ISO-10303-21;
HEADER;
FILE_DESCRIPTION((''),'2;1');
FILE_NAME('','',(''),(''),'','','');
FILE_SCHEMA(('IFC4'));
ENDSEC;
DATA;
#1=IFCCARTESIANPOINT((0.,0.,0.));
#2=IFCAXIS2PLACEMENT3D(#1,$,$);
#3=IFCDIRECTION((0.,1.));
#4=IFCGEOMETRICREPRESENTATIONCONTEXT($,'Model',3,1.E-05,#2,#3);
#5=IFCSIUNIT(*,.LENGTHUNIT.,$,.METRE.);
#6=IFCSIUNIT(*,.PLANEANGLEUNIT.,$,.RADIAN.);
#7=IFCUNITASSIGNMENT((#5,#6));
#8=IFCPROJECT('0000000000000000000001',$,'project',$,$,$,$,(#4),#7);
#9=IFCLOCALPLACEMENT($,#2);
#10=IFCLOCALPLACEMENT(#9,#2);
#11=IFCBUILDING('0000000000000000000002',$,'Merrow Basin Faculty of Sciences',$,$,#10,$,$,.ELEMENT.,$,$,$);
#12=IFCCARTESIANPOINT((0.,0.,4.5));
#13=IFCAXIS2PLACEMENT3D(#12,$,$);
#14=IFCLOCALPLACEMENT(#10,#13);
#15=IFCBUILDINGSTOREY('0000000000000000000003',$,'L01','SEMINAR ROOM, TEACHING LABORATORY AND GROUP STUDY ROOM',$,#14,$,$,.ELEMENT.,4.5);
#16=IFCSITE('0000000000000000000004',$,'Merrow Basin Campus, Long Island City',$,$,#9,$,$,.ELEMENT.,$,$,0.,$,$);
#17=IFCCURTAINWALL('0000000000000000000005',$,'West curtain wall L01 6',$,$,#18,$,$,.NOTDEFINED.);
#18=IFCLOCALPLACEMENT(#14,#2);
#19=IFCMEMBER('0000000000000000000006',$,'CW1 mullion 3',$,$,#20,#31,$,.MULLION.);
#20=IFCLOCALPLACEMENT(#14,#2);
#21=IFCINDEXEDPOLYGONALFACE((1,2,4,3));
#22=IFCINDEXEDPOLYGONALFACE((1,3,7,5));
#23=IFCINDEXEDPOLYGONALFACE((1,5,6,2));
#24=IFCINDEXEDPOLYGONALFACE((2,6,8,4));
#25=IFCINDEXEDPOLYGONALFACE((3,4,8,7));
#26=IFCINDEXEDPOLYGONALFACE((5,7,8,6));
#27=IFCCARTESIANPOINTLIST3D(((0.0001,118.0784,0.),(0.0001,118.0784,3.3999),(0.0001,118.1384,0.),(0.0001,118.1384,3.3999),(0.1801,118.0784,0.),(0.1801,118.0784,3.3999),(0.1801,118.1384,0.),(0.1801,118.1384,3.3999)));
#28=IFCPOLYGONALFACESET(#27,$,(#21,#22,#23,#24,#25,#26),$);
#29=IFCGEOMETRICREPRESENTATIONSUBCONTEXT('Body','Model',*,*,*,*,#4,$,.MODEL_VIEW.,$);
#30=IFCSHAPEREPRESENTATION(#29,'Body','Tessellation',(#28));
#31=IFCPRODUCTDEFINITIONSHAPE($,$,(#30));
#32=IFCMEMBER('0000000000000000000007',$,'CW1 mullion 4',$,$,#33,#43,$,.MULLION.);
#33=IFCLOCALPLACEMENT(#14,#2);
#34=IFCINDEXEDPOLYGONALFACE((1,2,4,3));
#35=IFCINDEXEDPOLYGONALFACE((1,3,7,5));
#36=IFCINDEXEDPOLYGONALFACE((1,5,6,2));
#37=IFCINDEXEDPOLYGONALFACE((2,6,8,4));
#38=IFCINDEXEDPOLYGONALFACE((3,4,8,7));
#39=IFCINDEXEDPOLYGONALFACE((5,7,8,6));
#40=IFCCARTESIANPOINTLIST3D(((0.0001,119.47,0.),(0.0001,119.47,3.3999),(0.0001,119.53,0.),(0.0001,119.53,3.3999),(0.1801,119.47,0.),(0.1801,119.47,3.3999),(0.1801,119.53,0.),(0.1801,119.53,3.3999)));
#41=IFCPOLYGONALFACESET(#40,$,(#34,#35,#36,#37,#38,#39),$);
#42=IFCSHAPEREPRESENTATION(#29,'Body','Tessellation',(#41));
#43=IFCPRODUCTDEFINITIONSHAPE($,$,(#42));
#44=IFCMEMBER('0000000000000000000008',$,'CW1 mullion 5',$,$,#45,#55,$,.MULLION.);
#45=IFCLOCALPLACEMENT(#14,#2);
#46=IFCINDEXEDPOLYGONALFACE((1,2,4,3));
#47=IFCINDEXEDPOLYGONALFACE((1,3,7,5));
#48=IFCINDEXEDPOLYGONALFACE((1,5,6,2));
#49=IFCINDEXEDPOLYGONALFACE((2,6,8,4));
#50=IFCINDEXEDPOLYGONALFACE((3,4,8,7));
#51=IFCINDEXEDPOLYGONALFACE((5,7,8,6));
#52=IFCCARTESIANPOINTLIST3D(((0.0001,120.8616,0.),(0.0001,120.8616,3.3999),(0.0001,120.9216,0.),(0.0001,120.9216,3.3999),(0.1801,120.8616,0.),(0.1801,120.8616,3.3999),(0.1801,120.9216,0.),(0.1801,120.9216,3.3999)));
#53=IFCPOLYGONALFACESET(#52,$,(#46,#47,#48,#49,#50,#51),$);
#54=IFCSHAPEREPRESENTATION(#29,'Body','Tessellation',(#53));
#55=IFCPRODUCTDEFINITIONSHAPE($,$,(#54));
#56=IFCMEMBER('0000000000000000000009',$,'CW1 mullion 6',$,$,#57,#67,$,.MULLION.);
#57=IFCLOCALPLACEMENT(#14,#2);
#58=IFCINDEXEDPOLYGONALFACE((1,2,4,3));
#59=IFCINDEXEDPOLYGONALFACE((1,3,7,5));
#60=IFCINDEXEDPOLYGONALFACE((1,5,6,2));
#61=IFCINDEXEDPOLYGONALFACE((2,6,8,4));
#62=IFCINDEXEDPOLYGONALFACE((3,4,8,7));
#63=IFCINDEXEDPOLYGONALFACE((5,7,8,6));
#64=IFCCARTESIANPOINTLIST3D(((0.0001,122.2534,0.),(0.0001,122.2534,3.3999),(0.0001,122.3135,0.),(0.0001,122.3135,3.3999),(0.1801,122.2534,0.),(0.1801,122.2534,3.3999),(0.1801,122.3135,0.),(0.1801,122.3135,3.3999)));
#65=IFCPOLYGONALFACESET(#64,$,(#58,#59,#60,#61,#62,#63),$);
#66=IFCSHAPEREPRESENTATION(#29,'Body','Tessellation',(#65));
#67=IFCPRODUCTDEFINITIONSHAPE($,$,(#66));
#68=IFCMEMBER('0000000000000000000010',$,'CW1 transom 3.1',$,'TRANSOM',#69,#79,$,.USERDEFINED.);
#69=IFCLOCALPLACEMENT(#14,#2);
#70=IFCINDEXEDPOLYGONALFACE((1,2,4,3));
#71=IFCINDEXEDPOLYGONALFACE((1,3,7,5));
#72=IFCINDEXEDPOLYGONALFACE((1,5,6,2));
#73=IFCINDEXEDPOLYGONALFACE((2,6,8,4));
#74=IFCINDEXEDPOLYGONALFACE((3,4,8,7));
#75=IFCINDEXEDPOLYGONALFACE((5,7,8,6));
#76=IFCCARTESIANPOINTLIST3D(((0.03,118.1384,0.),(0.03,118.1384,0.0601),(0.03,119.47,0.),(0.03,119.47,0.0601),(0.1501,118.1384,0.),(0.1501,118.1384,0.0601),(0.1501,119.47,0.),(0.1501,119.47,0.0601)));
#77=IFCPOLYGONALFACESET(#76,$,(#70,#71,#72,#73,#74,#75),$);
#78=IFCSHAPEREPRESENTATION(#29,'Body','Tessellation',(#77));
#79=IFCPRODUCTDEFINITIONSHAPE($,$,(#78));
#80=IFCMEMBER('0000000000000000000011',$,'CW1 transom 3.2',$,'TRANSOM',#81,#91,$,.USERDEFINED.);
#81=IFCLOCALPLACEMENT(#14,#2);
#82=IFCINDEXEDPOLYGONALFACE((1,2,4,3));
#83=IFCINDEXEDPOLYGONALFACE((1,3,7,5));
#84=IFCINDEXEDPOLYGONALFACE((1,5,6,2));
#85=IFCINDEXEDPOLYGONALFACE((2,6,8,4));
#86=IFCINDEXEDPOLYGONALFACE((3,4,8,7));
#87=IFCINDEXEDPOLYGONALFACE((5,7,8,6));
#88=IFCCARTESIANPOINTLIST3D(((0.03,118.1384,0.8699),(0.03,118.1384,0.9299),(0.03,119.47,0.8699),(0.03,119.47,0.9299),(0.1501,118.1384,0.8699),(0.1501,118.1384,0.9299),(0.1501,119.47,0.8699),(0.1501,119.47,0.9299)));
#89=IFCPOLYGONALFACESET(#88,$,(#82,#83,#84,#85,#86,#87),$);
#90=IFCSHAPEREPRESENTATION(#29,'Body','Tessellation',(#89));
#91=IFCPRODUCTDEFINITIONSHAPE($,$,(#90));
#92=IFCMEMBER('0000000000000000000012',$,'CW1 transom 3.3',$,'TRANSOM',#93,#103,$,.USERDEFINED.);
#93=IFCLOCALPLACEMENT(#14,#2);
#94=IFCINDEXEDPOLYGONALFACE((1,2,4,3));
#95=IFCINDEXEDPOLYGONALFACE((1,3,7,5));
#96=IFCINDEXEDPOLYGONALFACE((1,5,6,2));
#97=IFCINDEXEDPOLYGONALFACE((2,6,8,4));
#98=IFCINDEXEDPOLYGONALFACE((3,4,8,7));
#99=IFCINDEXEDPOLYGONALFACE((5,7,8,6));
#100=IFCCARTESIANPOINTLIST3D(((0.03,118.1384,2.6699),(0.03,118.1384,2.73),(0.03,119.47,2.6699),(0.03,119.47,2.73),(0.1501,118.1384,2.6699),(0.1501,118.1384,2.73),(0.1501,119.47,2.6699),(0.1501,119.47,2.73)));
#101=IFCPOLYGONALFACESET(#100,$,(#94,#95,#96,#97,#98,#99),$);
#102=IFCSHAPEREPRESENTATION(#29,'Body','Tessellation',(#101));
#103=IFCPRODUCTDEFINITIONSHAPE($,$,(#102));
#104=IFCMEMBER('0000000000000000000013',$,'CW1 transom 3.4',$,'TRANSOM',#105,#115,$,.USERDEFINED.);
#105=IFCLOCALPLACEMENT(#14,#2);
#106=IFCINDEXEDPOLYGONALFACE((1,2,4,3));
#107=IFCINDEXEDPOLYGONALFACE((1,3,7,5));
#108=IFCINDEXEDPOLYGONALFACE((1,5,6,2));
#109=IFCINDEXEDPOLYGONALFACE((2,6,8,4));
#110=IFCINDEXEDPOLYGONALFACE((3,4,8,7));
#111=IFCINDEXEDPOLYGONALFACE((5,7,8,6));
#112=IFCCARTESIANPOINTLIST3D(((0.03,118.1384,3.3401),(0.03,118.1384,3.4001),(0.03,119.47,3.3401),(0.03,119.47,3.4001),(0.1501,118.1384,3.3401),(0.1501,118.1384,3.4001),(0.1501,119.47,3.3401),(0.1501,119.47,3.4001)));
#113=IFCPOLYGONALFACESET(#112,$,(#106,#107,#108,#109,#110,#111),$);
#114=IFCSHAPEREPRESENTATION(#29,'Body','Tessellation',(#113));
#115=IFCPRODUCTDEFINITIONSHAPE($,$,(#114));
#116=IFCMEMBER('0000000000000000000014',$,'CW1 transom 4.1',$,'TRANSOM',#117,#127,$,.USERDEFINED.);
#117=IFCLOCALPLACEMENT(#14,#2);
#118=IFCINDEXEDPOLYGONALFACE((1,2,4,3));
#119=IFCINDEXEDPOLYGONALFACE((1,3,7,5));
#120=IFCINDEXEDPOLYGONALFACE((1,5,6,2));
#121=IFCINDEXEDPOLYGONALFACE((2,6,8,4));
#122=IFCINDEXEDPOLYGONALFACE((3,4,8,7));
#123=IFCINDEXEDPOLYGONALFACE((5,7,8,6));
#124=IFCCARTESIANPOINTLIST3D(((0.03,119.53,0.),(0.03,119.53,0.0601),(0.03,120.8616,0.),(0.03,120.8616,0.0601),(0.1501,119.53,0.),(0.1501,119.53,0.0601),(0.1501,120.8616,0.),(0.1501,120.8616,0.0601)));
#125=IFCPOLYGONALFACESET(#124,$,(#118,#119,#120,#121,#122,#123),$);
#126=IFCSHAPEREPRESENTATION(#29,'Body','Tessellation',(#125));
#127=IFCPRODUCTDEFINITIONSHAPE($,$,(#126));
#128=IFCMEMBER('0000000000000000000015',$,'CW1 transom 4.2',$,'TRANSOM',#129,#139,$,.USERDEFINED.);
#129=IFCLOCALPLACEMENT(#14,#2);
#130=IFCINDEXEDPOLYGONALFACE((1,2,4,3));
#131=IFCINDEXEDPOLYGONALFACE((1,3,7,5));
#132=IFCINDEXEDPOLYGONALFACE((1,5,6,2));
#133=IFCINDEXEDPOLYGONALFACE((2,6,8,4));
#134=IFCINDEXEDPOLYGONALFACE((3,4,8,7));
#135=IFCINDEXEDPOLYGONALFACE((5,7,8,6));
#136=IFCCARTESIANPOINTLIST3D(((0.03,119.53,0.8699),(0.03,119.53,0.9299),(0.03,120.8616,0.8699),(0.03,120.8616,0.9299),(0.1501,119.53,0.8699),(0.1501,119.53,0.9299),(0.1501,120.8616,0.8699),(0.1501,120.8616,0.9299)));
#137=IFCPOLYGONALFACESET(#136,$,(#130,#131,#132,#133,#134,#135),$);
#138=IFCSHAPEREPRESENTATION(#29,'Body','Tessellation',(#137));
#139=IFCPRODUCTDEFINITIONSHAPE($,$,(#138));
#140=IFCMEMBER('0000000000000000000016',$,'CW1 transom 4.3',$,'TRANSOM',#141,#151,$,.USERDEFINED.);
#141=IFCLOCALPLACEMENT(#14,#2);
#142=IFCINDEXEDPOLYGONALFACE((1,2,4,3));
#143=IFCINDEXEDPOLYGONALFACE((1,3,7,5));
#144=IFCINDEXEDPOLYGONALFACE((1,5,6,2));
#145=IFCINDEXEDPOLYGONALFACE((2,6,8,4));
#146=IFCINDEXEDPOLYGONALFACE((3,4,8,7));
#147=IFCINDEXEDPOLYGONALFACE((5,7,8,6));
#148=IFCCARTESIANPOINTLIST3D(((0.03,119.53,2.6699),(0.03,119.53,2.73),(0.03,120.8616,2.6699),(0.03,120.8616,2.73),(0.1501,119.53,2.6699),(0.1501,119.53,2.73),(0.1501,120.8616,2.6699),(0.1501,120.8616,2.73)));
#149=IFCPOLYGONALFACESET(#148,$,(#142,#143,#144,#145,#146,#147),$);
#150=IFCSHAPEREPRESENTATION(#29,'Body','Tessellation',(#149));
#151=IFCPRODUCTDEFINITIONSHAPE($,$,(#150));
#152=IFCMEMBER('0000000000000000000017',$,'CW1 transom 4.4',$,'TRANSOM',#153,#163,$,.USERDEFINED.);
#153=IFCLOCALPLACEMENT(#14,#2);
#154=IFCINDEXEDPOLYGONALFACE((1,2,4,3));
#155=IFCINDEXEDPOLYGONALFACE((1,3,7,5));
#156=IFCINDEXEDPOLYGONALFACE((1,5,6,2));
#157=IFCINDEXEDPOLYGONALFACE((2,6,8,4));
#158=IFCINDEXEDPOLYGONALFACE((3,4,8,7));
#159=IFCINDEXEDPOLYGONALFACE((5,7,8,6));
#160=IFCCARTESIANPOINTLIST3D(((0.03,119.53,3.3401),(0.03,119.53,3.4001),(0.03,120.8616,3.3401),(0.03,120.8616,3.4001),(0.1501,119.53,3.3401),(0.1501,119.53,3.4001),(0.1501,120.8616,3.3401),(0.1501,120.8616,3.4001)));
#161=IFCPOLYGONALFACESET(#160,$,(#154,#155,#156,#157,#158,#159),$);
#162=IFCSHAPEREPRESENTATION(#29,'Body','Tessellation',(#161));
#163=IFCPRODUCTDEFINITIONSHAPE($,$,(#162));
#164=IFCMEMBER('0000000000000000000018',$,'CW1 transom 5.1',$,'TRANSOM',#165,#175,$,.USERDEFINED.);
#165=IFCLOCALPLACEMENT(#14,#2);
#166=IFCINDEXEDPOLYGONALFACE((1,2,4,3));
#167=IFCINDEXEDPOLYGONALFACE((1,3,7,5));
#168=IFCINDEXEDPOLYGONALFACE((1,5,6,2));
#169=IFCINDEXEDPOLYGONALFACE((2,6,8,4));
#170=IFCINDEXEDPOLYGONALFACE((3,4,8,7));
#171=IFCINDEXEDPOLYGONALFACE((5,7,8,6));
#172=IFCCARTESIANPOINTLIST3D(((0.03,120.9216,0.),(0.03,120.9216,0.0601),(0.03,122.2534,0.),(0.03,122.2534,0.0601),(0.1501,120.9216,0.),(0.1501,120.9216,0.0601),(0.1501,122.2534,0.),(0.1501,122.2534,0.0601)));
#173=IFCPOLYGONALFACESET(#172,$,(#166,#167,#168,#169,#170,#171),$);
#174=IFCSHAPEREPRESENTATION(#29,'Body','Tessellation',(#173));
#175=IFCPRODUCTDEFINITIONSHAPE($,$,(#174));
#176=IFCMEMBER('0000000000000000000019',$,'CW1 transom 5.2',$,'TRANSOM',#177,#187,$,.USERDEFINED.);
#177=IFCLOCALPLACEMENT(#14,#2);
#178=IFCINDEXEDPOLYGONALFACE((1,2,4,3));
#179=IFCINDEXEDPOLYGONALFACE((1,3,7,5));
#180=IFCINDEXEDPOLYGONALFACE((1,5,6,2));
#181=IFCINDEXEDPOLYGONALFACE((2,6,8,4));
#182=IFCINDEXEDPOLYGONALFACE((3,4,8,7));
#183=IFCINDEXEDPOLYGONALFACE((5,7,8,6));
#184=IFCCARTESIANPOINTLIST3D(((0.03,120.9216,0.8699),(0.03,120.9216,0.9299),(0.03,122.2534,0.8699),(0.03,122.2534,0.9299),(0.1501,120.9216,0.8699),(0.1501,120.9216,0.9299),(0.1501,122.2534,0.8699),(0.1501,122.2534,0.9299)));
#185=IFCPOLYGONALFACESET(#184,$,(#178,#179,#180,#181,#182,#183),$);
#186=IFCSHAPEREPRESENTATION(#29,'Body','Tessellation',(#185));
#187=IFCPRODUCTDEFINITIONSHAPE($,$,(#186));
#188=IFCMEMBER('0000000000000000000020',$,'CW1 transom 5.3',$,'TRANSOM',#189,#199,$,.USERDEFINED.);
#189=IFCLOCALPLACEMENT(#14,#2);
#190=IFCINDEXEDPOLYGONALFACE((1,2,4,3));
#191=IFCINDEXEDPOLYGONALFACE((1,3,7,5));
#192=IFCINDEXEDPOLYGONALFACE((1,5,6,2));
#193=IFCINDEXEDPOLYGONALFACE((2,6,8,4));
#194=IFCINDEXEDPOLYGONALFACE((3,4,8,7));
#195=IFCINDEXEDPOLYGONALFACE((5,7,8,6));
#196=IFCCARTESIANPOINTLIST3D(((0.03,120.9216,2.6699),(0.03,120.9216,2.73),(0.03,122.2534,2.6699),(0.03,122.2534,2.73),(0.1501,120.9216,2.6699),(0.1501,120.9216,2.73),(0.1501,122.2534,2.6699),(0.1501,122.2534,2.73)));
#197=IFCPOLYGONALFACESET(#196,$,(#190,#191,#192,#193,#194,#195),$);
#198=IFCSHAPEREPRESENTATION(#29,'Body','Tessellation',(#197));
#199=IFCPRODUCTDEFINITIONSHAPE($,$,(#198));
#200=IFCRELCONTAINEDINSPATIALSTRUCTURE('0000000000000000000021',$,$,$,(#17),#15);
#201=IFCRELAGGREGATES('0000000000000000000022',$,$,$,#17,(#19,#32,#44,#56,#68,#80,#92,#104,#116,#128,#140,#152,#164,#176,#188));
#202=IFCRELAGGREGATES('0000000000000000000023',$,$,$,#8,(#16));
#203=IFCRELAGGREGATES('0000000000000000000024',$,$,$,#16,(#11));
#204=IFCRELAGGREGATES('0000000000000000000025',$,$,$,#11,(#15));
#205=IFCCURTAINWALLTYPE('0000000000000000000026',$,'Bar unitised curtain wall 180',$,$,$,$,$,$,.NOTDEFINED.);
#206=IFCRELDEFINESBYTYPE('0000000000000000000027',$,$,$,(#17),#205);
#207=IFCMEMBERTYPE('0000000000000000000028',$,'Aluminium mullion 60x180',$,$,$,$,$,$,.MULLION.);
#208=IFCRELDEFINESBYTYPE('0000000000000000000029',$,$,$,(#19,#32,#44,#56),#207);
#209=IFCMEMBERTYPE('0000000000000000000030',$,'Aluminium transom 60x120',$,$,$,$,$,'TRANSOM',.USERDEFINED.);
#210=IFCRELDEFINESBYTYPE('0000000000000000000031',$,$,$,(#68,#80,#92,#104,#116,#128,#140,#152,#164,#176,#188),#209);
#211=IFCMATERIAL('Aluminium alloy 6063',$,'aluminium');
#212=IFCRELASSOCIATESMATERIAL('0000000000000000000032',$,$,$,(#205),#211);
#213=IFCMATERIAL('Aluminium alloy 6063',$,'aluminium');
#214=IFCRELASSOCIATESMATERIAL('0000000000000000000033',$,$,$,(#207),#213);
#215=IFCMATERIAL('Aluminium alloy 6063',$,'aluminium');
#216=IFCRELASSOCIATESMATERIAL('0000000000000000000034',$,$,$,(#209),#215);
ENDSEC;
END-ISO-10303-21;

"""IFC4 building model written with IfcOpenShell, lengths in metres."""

from ifc_helpers import new_model, si_unit, direction, frame, origin, origin_2d, place, context, subcontext, project, spatial, rectangle, extrude, material, material_profile, profile_set, type_object, element, aggregate, save


model = new_model("IFC4")

# Units and contexts
model_context = context("Model", 3, precision=1e-05, world=origin(), true_north=direction((0.0, 1.0)))
body_context = subcontext(model_context, "Body", "Model", "MODEL_VIEW")
ifc_project = project(units=[si_unit("LENGTHUNIT", "METRE"), si_unit("PLANEANGLEUNIT", "RADIAN")], contexts=[model_context])

# Site, building, storey
site_placement = place(None, origin())
site = spatial("IfcSite", under=ifc_project, at=site_placement, Name="Merrow Basin Campus, Long Island City", CompositionType="ELEMENT", RefElevation=0.0)
building_placement = place(site_placement, origin())
building = spatial("IfcBuilding", under=site, at=building_placement, Name="Merrow Basin Faculty of Sciences", CompositionType="ELEMENT")
storey_placement = place(building_placement, frame((0.0, 0.0, 4.5)))
storey = spatial("IfcBuildingStorey", under=building, at=storey_placement, Name="L01", Description="SEMINAR ROOM, TEACHING LABORATORY AND GROUP STUDY ROOM", CompositionType="ELEMENT", Elevation=4.5)

# Curtain wall, members
ifc_material_1 = material(Name="Aluminium alloy 6063", Category="aluminium")
curtain_wall_type = type_object("IfcCurtainWallType", Name="Bar unitised curtain wall 180", PredefinedType="NOTDEFINED", material=ifc_material_1)
curtain_wall_placement = place(storey_placement, origin())
curtain_wall = element("IfcCurtainWall", 1, at=curtain_wall_placement, inside=storey, type_object=curtain_wall_type, Name="West curtain wall L01 6", PredefinedType="NOTDEFINED")
ifc_material_2 = material(Name="Aluminium alloy 6063", Category="aluminium")
ifc_material_profile_1 = material_profile(ifc_material_2, rectangle(XDim=0.1799, YDim=0.0601, at=origin_2d()))
ifc_profile_set_1 = profile_set([ifc_material_profile_1], Name="Aluminium alloy 6063")
member_type_1 = type_object("IfcMemberType", Name="Aluminium mullion 60x180", PredefinedType="MULLION", material=ifc_profile_set_1)
member_1_placement = place(storey_placement, frame((0.0901, 118.1084, 0.0), z_axis=(0.0, 0.0, 1.0), x_axis=(-1.0, 0.0, 0.0)))
member_1 = element("IfcMember", 2, at=member_1_placement, type_object=member_type_1, Name="CW1 mullion 3", PredefinedType="MULLION", context=body_context, shape_type="SweptSolid", body=[
    extrude(rectangle(XDim=0.1799, YDim=0.0601, at=origin_2d()), origin(), (0.0, 0.0, 1.0), 3.3999),
])
member_2_placement = place(storey_placement, frame((0.0901, 119.5, 0.0), z_axis=(0.0, 0.0, 1.0), x_axis=(-1.0, 0.0, 0.0)))
member_2 = element("IfcMember", 3, at=member_2_placement, type_object=member_type_1, Name="CW1 mullion 4", PredefinedType="MULLION", context=body_context, shape_type="SweptSolid", body=[
    extrude(rectangle(XDim=0.1799, YDim=0.0601, at=origin_2d()), origin(), (0.0, 0.0, 1.0), 3.3999),
])
member_3_placement = place(storey_placement, frame((0.0901, 120.8916, 0.0), z_axis=(0.0, 0.0, 1.0), x_axis=(-1.0, 0.0, 0.0)))
member_3 = element("IfcMember", 4, at=member_3_placement, type_object=member_type_1, Name="CW1 mullion 5", PredefinedType="MULLION", context=body_context, shape_type="SweptSolid", body=[
    extrude(rectangle(XDim=0.1799, YDim=0.0601, at=origin_2d()), origin(), (0.0, 0.0, 1.0), 3.3999),
])
member_4_placement = place(storey_placement, frame((0.0901, 122.2834, 0.0), z_axis=(0.0, 0.0, 1.0), x_axis=(-1.0, 0.0, 0.0)))
member_4 = element("IfcMember", 5, at=member_4_placement, type_object=member_type_1, Name="CW1 mullion 6", PredefinedType="MULLION", context=body_context, shape_type="SweptSolid", body=[
    extrude(rectangle(XDim=0.1799, YDim=0.0601, at=origin_2d()), origin(), (0.0, 0.0, 1.0), 3.3999),
])
ifc_material_3 = material(Name="Aluminium alloy 6063", Category="aluminium")
ifc_material_profile_2 = material_profile(ifc_material_3, rectangle(XDim=0.1201, YDim=0.0601, at=origin_2d()))
ifc_profile_set_2 = profile_set([ifc_material_profile_2], Name="Aluminium alloy 6063")
member_type_2 = type_object("IfcMemberType", Name="Aluminium transom 60x120", ElementType="TRANSOM", PredefinedType="USERDEFINED", material=ifc_profile_set_2)
member_5_placement = place(storey_placement, frame((0.0901, 118.1384, 0.03), z_axis=(0.0, 1.0, 0.0), x_axis=(-1.0, 0.0, 0.0)))
member_5 = element("IfcMember", 6, at=member_5_placement, type_object=member_type_2, Name="CW1 transom 3.1", ObjectType="TRANSOM", PredefinedType="USERDEFINED", context=body_context, shape_type="SweptSolid", body=[
    extrude(rectangle(XDim=0.1201, YDim=0.0601, at=origin_2d()), origin(), (0.0, 0.0, 1.0), 1.3315),
])
member_6_placement = place(storey_placement, frame((0.0901, 118.1384, 0.8999), z_axis=(0.0, 1.0, 0.0), x_axis=(-1.0, 0.0, 0.0)))
member_6 = element("IfcMember", 7, at=member_6_placement, type_object=member_type_2, Name="CW1 transom 3.2", ObjectType="TRANSOM", PredefinedType="USERDEFINED", context=body_context, shape_type="SweptSolid", body=[
    extrude(rectangle(XDim=0.1201, YDim=0.0601, at=origin_2d()), origin(), (0.0, 0.0, 1.0), 1.3315),
])
member_7_placement = place(storey_placement, frame((0.0901, 118.1384, 2.7), z_axis=(0.0, 1.0, 0.0), x_axis=(-1.0, 0.0, 0.0)))
member_7 = element("IfcMember", 8, at=member_7_placement, type_object=member_type_2, Name="CW1 transom 3.3", ObjectType="TRANSOM", PredefinedType="USERDEFINED", context=body_context, shape_type="SweptSolid", body=[
    extrude(rectangle(XDim=0.1201, YDim=0.0601, at=origin_2d()), origin(), (0.0, 0.0, 1.0), 1.3315),
])
member_8_placement = place(storey_placement, frame((0.0901, 118.1384, 3.3701), z_axis=(0.0, 1.0, 0.0), x_axis=(-1.0, 0.0, 0.0)))
member_8 = element("IfcMember", 9, at=member_8_placement, type_object=member_type_2, Name="CW1 transom 3.4", ObjectType="TRANSOM", PredefinedType="USERDEFINED", context=body_context, shape_type="SweptSolid", body=[
    extrude(rectangle(XDim=0.1201, YDim=0.0601, at=origin_2d()), origin(), (0.0, 0.0, 1.0), 1.3315),
])
member_9_placement = place(storey_placement, frame((0.0901, 119.53, 0.03), z_axis=(0.0, 1.0, 0.0), x_axis=(-1.0, 0.0, 0.0)))
member_9 = element("IfcMember", 10, at=member_9_placement, type_object=member_type_2, Name="CW1 transom 4.1", ObjectType="TRANSOM", PredefinedType="USERDEFINED", context=body_context, shape_type="SweptSolid", body=[
    extrude(rectangle(XDim=0.1201, YDim=0.0601, at=origin_2d()), origin(), (0.0, 0.0, 1.0), 1.3315),
])
member_10_placement = place(storey_placement, frame((0.0901, 119.53, 0.8999), z_axis=(0.0, 1.0, 0.0), x_axis=(-1.0, 0.0, 0.0)))
member_10 = element("IfcMember", 11, at=member_10_placement, type_object=member_type_2, Name="CW1 transom 4.2", ObjectType="TRANSOM", PredefinedType="USERDEFINED", context=body_context, shape_type="SweptSolid", body=[
    extrude(rectangle(XDim=0.1201, YDim=0.0601, at=origin_2d()), origin(), (0.0, 0.0, 1.0), 1.3315),
])
member_11_placement = place(storey_placement, frame((0.0901, 119.53, 2.7), z_axis=(0.0, 1.0, 0.0), x_axis=(-1.0, 0.0, 0.0)))
member_11 = element("IfcMember", 12, at=member_11_placement, type_object=member_type_2, Name="CW1 transom 4.3", ObjectType="TRANSOM", PredefinedType="USERDEFINED", context=body_context, shape_type="SweptSolid", body=[
    extrude(rectangle(XDim=0.1201, YDim=0.0601, at=origin_2d()), origin(), (0.0, 0.0, 1.0), 1.3315),
])
member_12_placement = place(storey_placement, frame((0.0901, 119.53, 3.3701), z_axis=(0.0, 1.0, 0.0), x_axis=(-1.0, 0.0, 0.0)))
member_12 = element("IfcMember", 13, at=member_12_placement, type_object=member_type_2, Name="CW1 transom 4.4", ObjectType="TRANSOM", PredefinedType="USERDEFINED", context=body_context, shape_type="SweptSolid", body=[
    extrude(rectangle(XDim=0.1201, YDim=0.0601, at=origin_2d()), origin(), (0.0, 0.0, 1.0), 1.3315),
])
member_13_placement = place(storey_placement, frame((0.0901, 120.9216, 0.03), z_axis=(0.0, 1.0, 0.0), x_axis=(-1.0, 0.0, 0.0)))
member_13 = element("IfcMember", 14, at=member_13_placement, type_object=member_type_2, Name="CW1 transom 5.1", ObjectType="TRANSOM", PredefinedType="USERDEFINED", context=body_context, shape_type="SweptSolid", body=[
    extrude(rectangle(XDim=0.1201, YDim=0.0601, at=origin_2d()), origin(), (0.0, 0.0, 1.0), 1.3318),
])
member_14_placement = place(storey_placement, frame((0.0901, 120.9216, 0.8999), z_axis=(0.0, 1.0, 0.0), x_axis=(-1.0, 0.0, 0.0)))
member_14 = element("IfcMember", 15, at=member_14_placement, type_object=member_type_2, Name="CW1 transom 5.2", ObjectType="TRANSOM", PredefinedType="USERDEFINED", context=body_context, shape_type="SweptSolid", body=[
    extrude(rectangle(XDim=0.1201, YDim=0.0601, at=origin_2d()), origin(), (0.0, 0.0, 1.0), 1.3318),
])
member_15_placement = place(storey_placement, frame((0.0901, 120.9216, 2.7), z_axis=(0.0, 1.0, 0.0), x_axis=(-1.0, 0.0, 0.0)))
member_15 = element("IfcMember", 16, at=member_15_placement, type_object=member_type_2, Name="CW1 transom 5.3", ObjectType="TRANSOM", PredefinedType="USERDEFINED", context=body_context, shape_type="SweptSolid", body=[
    extrude(rectangle(XDim=0.1201, YDim=0.0601, at=origin_2d()), origin(), (0.0, 0.0, 1.0), 1.3318),
])
aggregate(curtain_wall, [member_1, member_2, member_3, member_4, member_5, member_6, member_7, member_8, member_9, member_10, member_11, member_12, member_13, member_14, member_15])

save(model, "model.ifc")
